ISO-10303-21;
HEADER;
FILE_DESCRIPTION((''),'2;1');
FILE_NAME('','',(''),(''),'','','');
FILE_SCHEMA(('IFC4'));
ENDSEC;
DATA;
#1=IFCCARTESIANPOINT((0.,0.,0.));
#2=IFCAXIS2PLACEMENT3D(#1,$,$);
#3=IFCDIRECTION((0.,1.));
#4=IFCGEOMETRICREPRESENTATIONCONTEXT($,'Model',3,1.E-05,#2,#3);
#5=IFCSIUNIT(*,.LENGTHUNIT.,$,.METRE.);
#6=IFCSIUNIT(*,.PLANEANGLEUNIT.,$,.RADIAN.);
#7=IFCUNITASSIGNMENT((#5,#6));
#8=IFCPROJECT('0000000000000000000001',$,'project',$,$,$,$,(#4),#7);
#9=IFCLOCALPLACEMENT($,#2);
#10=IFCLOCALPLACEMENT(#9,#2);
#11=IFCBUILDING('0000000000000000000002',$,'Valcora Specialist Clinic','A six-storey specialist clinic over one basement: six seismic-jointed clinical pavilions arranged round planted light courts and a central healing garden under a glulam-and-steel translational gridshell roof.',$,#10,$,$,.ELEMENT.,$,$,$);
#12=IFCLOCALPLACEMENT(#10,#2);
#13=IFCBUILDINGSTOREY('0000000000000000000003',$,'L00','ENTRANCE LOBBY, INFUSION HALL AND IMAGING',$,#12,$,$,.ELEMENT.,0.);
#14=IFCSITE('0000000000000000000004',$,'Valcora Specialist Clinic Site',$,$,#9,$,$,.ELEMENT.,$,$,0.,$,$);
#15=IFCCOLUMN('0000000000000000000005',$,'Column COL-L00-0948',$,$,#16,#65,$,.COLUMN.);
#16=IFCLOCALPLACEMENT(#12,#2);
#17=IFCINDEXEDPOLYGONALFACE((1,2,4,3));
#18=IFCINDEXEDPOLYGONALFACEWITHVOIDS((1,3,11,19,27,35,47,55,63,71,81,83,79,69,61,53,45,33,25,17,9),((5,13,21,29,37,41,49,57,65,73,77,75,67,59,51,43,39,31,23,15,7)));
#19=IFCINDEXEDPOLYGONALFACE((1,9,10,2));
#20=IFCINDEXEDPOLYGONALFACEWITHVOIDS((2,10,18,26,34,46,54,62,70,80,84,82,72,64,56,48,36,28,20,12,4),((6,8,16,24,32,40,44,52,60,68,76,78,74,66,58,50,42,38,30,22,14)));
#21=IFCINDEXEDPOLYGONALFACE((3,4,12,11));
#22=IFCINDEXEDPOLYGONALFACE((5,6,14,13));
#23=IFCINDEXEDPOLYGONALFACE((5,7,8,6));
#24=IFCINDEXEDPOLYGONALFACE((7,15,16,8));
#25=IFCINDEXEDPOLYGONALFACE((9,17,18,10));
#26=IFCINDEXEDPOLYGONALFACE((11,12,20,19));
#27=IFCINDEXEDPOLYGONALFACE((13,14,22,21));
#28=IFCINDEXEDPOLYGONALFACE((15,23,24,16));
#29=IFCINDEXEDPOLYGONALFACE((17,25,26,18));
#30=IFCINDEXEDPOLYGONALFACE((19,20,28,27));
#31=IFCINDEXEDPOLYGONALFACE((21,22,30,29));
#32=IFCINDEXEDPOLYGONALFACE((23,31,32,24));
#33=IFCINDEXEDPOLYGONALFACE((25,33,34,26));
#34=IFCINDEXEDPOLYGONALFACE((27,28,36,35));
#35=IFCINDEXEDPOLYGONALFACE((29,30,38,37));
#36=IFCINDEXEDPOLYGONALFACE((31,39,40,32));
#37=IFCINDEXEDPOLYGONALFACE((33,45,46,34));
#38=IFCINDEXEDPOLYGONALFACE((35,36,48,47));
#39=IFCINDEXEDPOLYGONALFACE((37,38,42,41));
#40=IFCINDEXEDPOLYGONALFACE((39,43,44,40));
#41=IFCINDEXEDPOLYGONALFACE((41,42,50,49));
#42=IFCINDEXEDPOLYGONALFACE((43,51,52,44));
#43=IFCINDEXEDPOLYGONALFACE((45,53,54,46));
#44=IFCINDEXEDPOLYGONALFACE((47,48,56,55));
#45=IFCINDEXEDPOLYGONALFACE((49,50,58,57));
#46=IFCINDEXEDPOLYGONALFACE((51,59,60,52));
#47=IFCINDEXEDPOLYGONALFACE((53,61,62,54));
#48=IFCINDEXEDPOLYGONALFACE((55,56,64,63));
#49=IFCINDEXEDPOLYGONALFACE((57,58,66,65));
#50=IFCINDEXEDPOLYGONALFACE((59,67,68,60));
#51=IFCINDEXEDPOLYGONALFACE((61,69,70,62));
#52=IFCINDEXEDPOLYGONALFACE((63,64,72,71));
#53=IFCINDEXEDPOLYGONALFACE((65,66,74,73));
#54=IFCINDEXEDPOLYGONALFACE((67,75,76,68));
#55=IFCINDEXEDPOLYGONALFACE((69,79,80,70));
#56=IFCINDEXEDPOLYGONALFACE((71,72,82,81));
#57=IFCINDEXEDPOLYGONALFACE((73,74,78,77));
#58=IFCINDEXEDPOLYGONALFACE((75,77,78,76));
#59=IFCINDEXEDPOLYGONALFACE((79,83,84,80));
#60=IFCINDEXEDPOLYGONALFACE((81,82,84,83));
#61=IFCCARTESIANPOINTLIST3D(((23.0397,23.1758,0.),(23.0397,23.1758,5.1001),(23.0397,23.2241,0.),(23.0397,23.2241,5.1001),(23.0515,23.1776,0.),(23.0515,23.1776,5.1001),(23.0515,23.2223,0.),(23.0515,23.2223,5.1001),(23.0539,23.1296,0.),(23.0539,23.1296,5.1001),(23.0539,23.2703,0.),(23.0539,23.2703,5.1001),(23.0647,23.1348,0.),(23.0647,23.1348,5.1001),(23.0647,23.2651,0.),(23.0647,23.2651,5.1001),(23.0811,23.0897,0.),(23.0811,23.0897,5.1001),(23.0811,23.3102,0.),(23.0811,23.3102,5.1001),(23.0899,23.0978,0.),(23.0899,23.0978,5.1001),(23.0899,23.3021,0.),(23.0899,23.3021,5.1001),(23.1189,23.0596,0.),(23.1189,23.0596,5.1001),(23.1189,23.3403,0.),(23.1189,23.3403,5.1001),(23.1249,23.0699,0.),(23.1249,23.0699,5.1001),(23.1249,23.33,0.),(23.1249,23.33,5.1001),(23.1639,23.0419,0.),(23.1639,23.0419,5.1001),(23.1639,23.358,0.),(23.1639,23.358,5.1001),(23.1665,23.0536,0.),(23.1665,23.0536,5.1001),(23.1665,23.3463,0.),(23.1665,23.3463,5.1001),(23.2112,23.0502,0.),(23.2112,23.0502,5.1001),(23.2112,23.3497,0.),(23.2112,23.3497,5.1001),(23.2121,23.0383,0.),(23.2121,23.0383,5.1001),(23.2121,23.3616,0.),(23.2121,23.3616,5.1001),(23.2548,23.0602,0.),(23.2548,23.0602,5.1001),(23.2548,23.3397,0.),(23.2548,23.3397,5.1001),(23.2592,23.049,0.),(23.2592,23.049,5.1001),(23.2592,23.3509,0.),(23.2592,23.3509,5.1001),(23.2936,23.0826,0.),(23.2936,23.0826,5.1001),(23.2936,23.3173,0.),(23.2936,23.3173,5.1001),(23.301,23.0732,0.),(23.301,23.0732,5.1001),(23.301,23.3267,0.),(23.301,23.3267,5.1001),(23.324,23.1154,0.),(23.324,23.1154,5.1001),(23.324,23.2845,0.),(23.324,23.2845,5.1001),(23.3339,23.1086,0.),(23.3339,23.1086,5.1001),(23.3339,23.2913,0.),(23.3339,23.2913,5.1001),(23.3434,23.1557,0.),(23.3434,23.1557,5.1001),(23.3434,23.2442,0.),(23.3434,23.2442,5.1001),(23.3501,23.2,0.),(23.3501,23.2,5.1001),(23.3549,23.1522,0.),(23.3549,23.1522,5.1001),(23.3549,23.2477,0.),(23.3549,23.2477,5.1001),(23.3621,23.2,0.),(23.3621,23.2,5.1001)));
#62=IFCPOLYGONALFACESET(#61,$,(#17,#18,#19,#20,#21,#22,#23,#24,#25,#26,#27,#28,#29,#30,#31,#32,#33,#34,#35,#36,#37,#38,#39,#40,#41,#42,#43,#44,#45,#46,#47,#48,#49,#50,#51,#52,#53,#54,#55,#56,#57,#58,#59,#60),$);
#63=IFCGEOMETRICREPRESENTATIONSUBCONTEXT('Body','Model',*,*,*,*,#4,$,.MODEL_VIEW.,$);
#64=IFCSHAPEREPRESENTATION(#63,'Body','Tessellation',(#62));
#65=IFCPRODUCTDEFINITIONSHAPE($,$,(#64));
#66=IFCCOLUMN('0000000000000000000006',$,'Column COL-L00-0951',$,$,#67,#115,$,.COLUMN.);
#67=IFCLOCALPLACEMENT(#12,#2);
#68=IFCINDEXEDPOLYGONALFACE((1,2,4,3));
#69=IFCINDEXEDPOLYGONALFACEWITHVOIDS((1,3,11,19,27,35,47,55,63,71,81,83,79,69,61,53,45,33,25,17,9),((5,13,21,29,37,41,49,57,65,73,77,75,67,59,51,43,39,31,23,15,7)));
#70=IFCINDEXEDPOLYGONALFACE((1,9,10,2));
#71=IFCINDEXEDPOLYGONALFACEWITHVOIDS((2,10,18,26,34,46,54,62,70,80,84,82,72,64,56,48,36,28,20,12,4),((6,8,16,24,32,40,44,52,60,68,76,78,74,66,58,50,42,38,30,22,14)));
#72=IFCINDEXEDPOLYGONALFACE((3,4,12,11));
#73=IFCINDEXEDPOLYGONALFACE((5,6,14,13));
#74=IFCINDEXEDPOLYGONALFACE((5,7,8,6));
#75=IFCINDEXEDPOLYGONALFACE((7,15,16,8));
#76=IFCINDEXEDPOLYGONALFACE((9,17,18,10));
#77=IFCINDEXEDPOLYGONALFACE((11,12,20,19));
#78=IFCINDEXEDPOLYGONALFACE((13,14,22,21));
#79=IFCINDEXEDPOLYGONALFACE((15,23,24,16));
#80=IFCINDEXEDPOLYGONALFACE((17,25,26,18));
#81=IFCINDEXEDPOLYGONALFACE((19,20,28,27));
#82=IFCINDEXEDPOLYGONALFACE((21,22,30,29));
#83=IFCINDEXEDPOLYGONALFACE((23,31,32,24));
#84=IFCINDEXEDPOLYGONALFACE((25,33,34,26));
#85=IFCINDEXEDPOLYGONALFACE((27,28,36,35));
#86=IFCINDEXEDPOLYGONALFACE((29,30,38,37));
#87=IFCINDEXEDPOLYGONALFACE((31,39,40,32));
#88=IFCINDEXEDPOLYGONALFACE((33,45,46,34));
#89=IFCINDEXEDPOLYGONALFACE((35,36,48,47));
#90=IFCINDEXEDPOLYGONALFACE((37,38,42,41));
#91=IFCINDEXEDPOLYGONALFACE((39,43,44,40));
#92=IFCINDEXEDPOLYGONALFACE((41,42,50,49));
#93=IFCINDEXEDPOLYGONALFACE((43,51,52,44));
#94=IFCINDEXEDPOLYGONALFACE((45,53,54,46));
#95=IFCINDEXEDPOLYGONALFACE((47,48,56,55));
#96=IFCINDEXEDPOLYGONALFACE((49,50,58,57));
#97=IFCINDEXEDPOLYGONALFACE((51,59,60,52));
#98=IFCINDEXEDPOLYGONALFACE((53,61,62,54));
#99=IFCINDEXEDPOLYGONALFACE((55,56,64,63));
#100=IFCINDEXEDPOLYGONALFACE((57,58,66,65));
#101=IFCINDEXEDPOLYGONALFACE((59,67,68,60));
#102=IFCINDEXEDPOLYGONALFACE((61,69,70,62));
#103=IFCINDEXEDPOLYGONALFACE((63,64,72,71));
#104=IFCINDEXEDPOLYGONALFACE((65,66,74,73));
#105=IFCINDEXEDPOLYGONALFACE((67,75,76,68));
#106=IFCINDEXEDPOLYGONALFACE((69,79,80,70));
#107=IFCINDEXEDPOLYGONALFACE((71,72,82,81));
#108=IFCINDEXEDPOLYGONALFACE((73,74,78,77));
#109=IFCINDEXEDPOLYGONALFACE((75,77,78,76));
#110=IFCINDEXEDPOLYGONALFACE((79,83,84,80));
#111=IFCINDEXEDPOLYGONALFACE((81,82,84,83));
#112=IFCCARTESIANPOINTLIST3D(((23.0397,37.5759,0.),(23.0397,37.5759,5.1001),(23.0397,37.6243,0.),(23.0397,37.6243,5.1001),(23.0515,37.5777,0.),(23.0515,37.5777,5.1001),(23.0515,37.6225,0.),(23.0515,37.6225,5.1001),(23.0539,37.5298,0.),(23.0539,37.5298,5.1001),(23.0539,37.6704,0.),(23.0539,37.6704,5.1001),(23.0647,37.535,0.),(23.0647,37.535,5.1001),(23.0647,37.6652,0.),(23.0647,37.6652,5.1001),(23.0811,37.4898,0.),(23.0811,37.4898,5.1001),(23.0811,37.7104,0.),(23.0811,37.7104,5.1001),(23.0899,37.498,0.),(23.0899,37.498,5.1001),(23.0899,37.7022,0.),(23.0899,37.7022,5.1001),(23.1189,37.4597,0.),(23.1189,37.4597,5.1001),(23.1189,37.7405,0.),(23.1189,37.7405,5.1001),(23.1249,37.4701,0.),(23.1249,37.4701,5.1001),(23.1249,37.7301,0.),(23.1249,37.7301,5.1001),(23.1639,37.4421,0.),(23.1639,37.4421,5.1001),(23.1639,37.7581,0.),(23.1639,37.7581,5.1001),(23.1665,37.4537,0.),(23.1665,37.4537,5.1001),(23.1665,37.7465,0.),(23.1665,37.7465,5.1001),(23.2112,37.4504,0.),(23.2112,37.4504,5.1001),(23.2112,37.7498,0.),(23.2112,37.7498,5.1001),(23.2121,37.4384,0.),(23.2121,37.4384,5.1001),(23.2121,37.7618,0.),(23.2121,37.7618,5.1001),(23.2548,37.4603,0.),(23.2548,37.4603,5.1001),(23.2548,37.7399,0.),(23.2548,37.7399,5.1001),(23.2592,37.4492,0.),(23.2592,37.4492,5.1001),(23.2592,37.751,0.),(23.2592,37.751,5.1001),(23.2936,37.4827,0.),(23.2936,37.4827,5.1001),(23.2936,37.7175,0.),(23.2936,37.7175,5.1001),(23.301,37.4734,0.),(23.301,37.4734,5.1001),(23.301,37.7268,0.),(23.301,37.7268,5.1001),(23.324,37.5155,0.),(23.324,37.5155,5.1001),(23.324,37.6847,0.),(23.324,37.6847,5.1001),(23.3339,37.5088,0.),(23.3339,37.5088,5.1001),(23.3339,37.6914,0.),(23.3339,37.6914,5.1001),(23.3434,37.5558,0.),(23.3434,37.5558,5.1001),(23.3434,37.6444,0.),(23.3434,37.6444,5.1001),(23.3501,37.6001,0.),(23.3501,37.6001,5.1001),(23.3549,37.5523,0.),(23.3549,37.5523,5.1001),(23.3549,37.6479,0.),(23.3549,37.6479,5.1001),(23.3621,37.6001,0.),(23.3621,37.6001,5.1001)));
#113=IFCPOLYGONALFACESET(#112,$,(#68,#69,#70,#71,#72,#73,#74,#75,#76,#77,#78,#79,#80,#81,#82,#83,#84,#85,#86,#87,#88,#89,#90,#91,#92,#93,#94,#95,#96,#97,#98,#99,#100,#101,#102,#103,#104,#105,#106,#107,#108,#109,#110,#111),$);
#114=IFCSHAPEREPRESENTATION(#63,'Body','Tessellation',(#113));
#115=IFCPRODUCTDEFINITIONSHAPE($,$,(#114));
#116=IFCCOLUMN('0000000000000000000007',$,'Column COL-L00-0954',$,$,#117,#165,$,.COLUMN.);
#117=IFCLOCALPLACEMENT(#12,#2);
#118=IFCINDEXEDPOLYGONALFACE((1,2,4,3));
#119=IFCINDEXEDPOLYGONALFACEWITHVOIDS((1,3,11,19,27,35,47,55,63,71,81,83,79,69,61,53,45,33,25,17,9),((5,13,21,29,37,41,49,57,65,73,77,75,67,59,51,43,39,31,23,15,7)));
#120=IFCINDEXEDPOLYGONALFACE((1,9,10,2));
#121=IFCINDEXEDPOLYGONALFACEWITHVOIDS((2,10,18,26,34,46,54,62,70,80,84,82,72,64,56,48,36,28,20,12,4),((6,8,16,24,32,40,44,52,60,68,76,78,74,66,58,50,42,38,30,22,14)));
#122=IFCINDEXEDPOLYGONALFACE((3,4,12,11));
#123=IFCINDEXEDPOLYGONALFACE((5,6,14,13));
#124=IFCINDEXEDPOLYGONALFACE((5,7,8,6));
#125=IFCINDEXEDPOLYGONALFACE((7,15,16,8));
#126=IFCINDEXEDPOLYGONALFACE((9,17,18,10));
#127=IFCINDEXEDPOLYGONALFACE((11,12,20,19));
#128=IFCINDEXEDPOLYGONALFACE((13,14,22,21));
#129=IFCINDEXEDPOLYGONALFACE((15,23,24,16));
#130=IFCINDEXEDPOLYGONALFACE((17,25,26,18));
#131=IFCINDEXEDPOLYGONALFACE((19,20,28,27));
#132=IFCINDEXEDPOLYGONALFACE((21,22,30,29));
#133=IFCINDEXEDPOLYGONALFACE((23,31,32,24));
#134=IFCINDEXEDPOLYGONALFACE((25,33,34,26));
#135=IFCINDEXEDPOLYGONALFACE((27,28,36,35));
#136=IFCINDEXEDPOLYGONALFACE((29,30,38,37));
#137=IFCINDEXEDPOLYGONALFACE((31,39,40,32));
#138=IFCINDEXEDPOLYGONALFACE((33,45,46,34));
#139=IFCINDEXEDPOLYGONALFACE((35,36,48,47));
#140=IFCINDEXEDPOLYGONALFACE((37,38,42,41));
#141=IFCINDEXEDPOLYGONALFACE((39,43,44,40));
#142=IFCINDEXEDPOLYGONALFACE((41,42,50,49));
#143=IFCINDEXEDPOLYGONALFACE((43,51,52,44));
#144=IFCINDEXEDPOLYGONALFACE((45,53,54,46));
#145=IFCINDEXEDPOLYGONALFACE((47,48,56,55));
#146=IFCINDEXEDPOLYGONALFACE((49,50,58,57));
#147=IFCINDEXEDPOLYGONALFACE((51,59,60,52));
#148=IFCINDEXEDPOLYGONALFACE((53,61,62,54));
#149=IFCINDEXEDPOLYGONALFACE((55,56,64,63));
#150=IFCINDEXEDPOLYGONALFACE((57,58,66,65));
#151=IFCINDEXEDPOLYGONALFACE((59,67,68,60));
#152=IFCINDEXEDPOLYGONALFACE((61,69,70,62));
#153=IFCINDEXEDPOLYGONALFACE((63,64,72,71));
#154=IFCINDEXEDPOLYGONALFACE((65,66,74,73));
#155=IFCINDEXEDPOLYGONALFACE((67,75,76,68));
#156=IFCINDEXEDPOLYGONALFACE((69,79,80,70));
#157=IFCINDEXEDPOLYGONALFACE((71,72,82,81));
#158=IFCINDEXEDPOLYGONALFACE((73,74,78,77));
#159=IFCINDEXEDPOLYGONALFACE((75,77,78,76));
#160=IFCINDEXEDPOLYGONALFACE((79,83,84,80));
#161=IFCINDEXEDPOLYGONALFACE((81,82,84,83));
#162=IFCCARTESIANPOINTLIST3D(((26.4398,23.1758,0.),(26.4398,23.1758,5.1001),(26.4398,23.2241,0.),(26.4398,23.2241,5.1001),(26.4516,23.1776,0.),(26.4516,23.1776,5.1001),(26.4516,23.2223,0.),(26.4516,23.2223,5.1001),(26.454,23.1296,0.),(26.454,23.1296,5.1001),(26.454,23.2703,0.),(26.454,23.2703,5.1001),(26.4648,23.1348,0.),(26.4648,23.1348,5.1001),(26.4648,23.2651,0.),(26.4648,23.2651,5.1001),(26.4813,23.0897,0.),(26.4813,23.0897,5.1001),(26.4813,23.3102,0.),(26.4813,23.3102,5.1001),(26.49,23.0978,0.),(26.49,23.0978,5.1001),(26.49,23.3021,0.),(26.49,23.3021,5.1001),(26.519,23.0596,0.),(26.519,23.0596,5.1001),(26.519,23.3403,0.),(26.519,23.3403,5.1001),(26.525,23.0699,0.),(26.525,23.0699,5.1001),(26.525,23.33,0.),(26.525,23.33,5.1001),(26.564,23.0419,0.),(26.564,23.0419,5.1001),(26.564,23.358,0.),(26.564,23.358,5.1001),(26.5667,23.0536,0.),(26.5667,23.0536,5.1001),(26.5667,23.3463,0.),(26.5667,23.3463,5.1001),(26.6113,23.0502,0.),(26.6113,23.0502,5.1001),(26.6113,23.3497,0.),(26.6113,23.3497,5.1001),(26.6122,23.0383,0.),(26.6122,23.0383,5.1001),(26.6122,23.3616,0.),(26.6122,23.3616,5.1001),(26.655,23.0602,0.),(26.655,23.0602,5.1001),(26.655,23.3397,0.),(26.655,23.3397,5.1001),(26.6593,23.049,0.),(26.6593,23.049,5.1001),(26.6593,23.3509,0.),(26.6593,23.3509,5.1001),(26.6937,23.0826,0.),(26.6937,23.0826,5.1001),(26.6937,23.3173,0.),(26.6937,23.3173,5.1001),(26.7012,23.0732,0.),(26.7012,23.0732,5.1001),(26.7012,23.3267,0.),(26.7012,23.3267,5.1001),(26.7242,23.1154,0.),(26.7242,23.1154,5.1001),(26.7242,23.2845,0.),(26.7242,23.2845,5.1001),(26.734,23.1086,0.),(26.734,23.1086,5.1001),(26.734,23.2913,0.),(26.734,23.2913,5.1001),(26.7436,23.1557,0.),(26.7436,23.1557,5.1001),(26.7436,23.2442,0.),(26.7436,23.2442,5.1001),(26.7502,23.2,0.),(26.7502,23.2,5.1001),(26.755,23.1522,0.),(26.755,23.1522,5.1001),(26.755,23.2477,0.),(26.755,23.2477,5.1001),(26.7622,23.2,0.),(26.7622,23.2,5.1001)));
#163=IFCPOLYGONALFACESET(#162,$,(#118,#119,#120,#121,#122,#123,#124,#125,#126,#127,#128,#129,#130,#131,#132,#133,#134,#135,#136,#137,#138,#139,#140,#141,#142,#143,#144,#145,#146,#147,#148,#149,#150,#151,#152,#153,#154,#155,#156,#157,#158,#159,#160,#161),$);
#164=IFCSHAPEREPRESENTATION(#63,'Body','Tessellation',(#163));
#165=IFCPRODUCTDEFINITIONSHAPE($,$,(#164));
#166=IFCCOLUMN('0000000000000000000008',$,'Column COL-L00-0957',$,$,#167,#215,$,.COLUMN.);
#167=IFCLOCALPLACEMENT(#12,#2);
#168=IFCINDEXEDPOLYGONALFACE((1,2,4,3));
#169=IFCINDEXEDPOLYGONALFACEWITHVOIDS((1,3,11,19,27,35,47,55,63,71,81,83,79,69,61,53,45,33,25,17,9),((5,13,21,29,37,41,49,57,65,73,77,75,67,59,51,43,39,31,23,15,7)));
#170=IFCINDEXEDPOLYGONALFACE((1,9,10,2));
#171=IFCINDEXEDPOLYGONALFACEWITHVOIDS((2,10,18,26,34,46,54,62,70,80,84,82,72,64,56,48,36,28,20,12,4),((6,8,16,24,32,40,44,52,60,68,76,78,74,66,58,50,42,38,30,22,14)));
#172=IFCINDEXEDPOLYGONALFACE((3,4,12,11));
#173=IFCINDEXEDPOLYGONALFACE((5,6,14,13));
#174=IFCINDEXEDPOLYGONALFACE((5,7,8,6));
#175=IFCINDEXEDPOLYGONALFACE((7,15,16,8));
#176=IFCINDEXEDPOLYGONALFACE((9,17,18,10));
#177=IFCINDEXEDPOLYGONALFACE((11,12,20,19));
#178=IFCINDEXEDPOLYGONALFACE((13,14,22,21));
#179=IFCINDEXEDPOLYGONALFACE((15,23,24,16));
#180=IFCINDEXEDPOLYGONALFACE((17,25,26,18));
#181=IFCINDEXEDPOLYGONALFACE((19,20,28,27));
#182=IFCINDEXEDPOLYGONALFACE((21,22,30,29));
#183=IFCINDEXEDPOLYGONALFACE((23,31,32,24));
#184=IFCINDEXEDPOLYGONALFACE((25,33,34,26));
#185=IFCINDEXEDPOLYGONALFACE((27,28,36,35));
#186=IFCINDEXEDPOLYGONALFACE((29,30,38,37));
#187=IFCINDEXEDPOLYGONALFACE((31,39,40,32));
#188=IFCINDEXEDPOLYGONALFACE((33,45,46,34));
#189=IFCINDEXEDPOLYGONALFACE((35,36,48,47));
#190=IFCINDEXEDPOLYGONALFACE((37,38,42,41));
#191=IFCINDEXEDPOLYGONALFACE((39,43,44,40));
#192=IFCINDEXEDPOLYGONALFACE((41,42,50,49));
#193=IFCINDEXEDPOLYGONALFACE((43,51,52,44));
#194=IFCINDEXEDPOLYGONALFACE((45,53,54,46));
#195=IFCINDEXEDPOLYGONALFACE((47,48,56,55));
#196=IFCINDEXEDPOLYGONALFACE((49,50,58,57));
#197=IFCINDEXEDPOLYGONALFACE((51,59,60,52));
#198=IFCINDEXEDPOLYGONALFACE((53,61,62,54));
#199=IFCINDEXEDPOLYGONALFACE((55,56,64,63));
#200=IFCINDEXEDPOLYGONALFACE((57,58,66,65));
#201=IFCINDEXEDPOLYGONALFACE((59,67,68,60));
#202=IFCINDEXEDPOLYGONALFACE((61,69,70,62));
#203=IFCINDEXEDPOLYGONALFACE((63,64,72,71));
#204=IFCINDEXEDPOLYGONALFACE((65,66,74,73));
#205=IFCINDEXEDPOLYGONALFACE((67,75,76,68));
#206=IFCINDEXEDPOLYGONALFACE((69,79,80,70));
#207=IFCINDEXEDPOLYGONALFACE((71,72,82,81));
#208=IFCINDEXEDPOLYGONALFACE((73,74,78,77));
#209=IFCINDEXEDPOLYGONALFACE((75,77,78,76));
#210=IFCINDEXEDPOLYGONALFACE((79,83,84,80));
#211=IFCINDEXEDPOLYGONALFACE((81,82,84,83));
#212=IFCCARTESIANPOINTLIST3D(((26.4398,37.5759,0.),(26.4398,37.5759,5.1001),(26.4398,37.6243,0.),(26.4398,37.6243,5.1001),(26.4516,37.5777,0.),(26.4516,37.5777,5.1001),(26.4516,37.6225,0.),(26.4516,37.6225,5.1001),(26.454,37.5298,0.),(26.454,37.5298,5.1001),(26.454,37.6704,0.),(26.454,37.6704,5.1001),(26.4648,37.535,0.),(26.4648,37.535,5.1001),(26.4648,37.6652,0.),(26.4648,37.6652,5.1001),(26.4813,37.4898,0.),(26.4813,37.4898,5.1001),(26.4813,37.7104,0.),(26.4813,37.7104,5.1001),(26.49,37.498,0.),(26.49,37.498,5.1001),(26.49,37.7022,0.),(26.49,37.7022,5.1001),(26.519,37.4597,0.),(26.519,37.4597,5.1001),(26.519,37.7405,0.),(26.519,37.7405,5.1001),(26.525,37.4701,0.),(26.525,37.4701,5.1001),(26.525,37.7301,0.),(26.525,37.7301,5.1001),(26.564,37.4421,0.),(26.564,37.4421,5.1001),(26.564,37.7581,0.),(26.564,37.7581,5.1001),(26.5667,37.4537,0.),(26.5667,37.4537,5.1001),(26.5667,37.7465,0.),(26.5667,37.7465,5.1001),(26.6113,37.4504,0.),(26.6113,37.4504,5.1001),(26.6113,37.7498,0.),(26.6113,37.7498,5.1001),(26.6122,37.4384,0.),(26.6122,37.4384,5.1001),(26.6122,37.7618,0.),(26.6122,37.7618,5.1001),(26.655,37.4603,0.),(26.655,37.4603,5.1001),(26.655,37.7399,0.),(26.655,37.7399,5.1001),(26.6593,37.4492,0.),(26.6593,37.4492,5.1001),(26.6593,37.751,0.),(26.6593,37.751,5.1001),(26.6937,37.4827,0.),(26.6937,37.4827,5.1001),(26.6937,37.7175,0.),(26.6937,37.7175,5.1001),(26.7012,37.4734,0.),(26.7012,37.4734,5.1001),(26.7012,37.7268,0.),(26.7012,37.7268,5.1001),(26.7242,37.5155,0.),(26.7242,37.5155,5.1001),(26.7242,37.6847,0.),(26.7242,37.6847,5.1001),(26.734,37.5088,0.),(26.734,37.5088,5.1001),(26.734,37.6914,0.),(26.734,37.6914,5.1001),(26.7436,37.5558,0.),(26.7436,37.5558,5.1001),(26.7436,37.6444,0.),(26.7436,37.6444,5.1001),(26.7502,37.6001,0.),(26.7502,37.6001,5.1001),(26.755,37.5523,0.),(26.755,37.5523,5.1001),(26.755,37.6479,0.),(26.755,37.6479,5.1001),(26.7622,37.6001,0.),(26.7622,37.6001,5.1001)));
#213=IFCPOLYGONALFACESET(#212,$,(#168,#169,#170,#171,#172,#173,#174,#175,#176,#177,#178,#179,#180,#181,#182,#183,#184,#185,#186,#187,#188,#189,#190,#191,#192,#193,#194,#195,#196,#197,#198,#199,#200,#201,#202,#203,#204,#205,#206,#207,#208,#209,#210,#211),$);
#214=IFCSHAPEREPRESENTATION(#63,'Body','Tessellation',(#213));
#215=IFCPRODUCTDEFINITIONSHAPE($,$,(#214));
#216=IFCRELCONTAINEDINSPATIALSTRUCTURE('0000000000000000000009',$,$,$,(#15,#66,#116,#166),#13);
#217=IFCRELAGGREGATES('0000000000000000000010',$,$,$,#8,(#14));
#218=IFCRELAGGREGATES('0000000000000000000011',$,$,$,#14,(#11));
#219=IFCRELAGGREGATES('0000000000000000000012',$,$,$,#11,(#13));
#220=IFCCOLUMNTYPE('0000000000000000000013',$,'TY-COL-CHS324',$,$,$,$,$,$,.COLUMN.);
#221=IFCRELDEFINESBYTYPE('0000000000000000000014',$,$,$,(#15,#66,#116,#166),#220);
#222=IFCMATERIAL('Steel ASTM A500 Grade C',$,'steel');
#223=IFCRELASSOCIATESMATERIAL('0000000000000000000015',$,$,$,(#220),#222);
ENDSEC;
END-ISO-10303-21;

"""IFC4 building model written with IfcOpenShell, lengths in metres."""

from ifc_helpers import new_model, si_unit, direction, frame, origin, origin_2d, place, context, subcontext, project, spatial, hollow_circle, extrude, material, material_profile, profile_set, type_object, element, save


model = new_model("IFC4")

# Units and contexts
model_context = context("Model", 3, precision=1e-05, world=origin(), true_north=direction((0.0, 1.0)))
body_context = subcontext(model_context, "Body", "Model", "MODEL_VIEW")
ifc_project = project(units=[si_unit("LENGTHUNIT", "METRE"), si_unit("PLANEANGLEUNIT", "RADIAN")], contexts=[model_context])

# Site, building, storey
site_placement = place(None, origin())
site = spatial("IfcSite", under=ifc_project, at=site_placement, Name="Valcora Specialist Clinic Site", CompositionType="ELEMENT", RefElevation=0.0)
building_placement = place(site_placement, origin())
building = spatial("IfcBuilding", under=site, at=building_placement, Name="Valcora Specialist Clinic", Description="A six-storey specialist clinic over one basement: six seismic-jointed clinical pavilions arranged round planted light courts and a central healing garden under a glulam-and-steel translational gridshell roof.", CompositionType="ELEMENT")
storey_placement = place(building_placement, origin())
storey = spatial("IfcBuildingStorey", under=building, at=storey_placement, Name="L00", Description="ENTRANCE LOBBY, INFUSION HALL AND IMAGING", CompositionType="ELEMENT", Elevation=0.0)

# Columns
ifc_material_1 = material(Name="Steel ASTM A500 Grade C", Category="steel")
ifc_material_profile_1 = material_profile(ifc_material_1, hollow_circle(Radius=0.1621, WallThickness=0.012, at=origin_2d()), Name="ST-CHS-324X12")
ifc_profile_set_1 = profile_set([ifc_material_profile_1], Name="Steel ASTM A500 Grade C")
column_type_1 = type_object("IfcColumnType", Name="TY-COL-CHS324", PredefinedType="COLUMN", material=ifc_profile_set_1)
for number, where, z_axis, x_axis, name in (
    (1, (23.2, 23.2, 0.0), (0.0, 0.0, 1.0), (1.0, 0.0, 0.0), "Column COL-L00-0948"),
    (2, (23.2, 37.6001, 0.0), (0.0, 0.0, 1.0), (1.0, 0.0, 0.0), "Column COL-L00-0951"),
    (3, (26.6001, 23.2, 0.0), (0.0, 0.0, 1.0), (1.0, 0.0, 0.0), "Column COL-L00-0954"),
    (4, (26.6001, 37.6001, 0.0), (0.0, 0.0, 1.0), (1.0, 0.0, 0.0), "Column COL-L00-0957"),
):
    element("IfcColumn", number, at=place(storey_placement, frame(where, z_axis=z_axis, x_axis=x_axis)), inside=storey, type_object=column_type_1, Name=name, PredefinedType="COLUMN", context=body_context, shape_type="SweptSolid", body=[
        extrude(hollow_circle(Radius=0.1621, WallThickness=0.012, at=origin_2d()), origin(), (0.0, 0.0, 1.0), 5.1001),
    ])

save(model, "model.ifc")
